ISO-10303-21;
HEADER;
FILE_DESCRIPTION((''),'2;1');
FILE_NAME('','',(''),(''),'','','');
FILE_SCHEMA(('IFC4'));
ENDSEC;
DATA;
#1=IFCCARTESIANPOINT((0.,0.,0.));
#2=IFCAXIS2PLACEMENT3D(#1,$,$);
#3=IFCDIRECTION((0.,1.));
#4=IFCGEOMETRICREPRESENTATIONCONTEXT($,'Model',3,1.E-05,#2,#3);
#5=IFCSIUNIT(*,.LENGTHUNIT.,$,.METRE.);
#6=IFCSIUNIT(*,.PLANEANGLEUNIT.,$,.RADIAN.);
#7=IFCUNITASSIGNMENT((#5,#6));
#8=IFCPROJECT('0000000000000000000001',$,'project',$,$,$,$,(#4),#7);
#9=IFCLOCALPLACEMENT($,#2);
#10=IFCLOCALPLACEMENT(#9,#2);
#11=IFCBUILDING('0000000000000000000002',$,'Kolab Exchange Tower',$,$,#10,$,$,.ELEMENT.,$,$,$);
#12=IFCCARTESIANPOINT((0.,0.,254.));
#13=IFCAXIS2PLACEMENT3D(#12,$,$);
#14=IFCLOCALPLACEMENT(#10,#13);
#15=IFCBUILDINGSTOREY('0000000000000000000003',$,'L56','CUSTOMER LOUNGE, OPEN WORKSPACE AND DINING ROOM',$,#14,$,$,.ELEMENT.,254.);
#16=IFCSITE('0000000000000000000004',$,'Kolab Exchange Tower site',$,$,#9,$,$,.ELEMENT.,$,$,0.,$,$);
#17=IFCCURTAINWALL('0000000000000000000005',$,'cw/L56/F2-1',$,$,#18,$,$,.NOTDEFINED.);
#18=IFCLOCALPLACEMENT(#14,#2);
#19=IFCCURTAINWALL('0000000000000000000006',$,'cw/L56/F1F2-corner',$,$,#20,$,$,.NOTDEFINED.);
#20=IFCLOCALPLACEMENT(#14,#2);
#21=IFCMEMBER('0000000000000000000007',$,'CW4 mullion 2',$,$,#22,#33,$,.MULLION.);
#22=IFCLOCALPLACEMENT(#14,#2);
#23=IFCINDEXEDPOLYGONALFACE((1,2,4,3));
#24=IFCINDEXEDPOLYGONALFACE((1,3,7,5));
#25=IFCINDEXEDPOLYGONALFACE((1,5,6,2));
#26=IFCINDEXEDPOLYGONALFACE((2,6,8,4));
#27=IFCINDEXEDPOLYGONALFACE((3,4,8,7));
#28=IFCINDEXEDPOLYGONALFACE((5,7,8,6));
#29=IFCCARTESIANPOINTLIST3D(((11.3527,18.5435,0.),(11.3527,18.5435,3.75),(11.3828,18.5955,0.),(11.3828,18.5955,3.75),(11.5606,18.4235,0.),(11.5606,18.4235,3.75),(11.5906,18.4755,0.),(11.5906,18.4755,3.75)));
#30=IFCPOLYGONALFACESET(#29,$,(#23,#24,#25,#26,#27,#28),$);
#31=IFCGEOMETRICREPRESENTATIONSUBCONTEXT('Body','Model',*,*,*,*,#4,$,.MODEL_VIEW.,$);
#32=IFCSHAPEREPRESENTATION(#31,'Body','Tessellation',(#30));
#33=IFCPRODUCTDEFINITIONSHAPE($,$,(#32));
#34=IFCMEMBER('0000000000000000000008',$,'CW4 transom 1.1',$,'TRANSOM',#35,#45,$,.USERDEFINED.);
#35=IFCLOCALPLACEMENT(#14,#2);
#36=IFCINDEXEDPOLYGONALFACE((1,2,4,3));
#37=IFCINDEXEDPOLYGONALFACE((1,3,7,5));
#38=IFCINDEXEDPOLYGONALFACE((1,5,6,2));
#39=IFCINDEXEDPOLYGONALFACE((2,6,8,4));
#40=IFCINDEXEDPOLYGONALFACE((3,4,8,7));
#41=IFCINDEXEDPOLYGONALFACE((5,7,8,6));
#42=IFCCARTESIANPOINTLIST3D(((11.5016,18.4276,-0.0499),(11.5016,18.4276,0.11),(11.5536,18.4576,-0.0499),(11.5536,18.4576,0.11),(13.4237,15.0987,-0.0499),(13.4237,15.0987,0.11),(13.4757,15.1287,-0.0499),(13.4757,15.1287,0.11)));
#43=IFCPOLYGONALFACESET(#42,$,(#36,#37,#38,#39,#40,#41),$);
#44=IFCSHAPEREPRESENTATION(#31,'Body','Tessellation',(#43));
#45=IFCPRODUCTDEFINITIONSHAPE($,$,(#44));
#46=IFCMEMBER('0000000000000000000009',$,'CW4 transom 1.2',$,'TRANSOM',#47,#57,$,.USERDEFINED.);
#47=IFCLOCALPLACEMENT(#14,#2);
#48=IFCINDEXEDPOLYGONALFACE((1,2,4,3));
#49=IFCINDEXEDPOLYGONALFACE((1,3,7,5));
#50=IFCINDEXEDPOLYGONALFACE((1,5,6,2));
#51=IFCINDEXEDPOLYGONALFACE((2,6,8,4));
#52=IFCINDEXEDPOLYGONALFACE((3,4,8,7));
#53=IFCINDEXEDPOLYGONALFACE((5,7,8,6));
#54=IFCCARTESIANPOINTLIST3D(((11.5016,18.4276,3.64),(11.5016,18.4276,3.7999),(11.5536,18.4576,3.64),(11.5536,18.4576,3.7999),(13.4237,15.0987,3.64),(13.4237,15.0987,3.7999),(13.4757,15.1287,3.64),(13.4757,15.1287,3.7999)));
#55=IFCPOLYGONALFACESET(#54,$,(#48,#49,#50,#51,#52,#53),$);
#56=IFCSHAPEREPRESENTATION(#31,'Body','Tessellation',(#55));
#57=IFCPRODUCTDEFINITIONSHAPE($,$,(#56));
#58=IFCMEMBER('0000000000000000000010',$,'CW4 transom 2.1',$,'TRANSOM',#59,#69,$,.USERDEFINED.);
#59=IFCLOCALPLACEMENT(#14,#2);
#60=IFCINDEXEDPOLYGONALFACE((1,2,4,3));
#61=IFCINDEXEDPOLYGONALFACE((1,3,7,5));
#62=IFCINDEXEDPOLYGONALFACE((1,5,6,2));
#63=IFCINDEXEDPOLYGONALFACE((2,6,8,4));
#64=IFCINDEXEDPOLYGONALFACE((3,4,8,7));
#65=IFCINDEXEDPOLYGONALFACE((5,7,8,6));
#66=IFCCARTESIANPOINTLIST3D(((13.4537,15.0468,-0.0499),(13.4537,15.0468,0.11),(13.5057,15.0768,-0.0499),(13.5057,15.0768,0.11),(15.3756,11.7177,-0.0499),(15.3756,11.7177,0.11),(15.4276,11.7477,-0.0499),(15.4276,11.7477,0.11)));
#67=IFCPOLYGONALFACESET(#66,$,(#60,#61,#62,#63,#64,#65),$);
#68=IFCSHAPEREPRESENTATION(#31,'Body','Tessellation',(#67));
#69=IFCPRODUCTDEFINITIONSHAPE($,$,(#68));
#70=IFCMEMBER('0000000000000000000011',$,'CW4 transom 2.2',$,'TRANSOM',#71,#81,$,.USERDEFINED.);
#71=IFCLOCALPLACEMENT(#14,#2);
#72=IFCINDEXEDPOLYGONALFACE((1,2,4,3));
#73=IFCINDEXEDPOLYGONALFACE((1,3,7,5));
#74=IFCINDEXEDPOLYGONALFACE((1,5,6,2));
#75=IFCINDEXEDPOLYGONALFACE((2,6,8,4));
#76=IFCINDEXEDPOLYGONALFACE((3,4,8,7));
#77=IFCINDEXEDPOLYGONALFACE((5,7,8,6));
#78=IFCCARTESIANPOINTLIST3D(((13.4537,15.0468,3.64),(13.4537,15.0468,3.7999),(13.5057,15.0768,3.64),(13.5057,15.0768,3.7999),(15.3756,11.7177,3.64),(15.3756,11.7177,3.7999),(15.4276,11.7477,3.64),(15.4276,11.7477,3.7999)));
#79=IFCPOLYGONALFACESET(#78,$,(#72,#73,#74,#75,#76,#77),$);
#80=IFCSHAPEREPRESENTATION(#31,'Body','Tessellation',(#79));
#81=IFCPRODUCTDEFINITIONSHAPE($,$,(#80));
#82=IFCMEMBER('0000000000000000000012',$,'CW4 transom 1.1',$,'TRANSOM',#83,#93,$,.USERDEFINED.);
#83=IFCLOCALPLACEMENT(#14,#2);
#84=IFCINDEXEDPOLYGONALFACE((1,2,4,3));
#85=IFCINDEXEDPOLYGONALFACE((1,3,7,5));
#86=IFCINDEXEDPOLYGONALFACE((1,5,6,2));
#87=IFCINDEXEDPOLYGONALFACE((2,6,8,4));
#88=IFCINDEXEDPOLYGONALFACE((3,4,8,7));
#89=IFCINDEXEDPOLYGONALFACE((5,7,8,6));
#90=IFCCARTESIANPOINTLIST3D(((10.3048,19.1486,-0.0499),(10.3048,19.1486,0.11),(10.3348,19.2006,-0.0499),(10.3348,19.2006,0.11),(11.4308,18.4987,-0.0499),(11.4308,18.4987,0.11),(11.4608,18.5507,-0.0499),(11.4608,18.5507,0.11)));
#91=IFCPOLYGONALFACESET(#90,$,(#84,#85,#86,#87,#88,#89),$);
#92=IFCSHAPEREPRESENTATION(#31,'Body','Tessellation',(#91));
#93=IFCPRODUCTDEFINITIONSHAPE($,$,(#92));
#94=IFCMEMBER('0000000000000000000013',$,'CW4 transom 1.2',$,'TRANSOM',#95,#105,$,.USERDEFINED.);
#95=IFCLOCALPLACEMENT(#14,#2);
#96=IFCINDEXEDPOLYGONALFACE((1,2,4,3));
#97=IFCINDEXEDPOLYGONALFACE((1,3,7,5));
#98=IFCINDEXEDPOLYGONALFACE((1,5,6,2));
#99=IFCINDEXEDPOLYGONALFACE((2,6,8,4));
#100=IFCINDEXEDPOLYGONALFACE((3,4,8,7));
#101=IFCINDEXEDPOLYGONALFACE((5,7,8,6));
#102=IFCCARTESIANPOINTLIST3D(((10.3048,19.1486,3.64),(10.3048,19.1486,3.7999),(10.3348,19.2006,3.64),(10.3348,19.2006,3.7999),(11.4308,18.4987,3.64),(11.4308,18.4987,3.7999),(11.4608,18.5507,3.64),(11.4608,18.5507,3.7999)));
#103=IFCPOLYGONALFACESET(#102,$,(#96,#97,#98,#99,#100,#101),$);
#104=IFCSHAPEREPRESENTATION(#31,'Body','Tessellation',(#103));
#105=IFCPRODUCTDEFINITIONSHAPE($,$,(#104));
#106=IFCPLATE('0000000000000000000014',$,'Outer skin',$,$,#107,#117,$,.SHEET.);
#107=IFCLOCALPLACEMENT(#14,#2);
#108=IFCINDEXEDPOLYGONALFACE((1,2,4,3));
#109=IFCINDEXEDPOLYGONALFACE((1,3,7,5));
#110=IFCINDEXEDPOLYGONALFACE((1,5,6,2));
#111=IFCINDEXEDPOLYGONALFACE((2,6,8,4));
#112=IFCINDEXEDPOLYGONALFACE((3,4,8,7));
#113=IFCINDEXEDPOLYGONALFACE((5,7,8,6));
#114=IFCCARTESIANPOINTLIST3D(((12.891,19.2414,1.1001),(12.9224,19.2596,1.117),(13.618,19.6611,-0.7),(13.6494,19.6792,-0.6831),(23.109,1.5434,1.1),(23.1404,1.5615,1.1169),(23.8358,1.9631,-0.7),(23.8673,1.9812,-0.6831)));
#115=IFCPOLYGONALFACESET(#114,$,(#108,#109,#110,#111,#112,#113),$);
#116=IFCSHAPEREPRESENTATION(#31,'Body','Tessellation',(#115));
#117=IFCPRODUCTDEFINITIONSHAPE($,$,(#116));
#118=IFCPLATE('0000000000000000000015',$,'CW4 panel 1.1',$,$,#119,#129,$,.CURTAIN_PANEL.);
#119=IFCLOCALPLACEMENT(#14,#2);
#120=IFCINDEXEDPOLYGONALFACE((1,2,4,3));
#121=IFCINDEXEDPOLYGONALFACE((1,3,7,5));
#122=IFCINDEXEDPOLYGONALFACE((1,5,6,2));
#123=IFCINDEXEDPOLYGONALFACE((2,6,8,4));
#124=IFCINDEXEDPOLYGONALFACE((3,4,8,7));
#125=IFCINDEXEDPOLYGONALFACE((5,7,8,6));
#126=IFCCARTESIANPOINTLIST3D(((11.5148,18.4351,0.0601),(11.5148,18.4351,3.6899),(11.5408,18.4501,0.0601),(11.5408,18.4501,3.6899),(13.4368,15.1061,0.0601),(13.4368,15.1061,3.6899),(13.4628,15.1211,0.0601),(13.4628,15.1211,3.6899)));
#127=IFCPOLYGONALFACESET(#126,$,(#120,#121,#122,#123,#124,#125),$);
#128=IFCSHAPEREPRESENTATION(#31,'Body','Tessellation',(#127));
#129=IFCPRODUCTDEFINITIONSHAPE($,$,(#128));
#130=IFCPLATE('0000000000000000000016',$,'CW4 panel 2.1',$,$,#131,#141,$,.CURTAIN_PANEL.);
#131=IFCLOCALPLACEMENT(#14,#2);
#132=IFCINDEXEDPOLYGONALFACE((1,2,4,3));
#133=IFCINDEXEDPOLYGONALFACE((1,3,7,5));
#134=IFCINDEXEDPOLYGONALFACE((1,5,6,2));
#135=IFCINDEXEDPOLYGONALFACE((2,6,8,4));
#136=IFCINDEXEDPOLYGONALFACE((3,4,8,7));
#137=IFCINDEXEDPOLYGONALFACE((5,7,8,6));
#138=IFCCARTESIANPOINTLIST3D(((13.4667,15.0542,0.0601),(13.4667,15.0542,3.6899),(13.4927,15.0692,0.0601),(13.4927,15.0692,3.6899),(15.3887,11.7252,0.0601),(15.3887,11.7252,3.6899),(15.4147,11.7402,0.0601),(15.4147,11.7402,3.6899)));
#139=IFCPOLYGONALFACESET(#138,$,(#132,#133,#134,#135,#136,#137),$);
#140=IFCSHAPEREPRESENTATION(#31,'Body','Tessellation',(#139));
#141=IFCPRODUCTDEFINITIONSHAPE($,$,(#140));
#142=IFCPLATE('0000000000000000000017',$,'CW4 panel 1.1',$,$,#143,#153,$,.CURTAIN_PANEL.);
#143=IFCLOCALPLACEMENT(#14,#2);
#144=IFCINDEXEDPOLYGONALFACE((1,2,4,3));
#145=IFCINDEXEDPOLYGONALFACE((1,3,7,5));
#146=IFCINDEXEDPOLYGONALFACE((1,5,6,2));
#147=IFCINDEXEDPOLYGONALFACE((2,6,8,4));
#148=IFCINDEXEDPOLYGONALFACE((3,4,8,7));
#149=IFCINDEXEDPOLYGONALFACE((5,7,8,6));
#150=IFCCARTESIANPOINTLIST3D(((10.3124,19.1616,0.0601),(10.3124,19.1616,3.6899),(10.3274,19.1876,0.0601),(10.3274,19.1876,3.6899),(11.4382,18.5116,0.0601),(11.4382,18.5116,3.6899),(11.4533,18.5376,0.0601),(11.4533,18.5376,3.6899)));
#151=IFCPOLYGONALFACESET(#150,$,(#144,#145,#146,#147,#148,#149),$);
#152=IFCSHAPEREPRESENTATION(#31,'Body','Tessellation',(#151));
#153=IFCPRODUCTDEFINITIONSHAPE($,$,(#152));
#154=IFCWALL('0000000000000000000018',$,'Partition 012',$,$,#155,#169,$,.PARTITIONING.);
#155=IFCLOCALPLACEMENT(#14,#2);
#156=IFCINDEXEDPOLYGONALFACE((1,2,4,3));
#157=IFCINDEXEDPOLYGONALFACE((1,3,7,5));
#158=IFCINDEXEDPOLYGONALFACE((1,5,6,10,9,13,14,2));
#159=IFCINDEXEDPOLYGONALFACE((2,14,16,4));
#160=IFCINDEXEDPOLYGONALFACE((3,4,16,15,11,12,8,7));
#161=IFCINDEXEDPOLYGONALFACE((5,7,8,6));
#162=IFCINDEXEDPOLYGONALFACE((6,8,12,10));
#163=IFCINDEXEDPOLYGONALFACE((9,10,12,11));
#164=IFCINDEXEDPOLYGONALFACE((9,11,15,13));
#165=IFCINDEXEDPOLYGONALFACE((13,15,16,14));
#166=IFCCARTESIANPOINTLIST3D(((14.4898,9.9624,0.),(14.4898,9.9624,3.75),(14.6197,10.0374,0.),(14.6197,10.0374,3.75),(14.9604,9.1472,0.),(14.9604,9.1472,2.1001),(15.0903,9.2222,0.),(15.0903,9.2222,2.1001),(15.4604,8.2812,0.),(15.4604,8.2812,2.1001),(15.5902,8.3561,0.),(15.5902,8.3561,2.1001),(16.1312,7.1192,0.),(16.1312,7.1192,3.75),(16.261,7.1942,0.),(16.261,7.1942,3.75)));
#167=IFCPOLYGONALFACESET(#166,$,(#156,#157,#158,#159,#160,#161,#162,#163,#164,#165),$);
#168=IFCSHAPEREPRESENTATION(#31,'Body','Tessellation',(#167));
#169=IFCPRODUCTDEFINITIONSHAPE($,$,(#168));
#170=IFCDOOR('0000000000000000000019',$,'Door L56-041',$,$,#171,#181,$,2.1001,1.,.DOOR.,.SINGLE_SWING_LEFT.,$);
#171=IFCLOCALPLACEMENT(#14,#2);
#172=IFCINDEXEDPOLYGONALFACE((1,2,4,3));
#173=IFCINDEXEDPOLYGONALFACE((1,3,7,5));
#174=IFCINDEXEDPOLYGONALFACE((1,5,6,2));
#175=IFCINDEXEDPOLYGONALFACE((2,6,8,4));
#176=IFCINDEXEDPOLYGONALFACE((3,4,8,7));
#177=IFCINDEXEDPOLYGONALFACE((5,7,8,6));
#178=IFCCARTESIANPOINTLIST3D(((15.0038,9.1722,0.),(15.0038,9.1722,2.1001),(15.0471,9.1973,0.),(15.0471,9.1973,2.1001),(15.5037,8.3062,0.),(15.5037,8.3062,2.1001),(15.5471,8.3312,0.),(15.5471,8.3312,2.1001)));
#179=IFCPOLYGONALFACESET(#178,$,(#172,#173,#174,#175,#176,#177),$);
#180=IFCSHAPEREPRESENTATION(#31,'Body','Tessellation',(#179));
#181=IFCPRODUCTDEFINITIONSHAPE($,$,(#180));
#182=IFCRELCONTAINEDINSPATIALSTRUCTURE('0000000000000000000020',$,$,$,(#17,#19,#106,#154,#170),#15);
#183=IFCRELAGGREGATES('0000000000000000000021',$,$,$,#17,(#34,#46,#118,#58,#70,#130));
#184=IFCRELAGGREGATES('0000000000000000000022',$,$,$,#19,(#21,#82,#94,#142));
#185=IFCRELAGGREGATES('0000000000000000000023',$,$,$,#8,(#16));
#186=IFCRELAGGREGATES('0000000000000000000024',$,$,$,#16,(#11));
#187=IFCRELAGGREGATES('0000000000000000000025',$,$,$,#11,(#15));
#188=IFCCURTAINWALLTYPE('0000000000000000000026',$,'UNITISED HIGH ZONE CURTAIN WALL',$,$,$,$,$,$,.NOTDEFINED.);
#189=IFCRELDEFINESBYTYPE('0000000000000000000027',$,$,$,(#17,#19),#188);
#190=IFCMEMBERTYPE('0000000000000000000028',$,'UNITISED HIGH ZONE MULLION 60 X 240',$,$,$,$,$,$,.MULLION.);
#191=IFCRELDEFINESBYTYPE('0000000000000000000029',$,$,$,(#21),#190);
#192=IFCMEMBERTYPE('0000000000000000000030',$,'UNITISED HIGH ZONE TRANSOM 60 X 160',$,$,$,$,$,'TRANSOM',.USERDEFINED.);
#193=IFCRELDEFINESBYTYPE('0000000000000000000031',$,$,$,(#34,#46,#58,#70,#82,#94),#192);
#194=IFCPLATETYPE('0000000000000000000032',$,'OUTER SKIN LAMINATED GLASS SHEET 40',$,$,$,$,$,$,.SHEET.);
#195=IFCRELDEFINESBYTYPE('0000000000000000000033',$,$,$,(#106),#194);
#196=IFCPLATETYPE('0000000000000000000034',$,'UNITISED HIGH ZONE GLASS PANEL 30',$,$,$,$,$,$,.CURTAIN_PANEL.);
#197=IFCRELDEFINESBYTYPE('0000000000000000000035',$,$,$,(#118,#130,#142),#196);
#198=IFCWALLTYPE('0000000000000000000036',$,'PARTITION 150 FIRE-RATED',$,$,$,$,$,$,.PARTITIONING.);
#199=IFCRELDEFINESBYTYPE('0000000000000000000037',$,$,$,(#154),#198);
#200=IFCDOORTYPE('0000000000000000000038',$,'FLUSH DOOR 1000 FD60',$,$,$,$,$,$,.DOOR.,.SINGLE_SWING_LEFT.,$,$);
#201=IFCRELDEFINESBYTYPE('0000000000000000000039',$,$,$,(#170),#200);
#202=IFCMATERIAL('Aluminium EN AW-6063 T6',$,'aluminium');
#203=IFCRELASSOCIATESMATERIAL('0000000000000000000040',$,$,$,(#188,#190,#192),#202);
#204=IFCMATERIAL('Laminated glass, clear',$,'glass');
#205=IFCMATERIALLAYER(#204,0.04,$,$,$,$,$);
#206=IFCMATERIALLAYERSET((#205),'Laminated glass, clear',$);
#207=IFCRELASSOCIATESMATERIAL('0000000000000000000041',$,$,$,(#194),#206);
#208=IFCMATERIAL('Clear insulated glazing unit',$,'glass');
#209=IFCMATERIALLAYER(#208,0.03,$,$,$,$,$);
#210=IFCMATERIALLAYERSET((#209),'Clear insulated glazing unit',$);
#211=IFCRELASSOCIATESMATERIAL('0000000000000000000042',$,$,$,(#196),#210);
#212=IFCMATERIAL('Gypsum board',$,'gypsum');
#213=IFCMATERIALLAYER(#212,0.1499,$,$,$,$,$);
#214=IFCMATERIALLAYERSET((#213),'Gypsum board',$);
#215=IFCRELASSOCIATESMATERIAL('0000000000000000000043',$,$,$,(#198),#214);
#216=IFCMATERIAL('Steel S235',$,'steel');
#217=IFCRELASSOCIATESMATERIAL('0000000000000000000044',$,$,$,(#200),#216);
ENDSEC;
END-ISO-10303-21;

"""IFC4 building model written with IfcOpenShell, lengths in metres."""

from ifc_helpers import new_model, si_unit, direction, frame, frame_2d, origin, origin_2d, place, context, subcontext, project, spatial, polyline, rectangle, outline, extrude, material, layer, layer_set, material_profile, profile_set, type_object, element, fill, aggregate, save


model = new_model("IFC4")

# Units and contexts
model_context = context("Model", 3, precision=1e-05, world=origin(), true_north=direction((0.0, 1.0)))
body_context = subcontext(model_context, "Body", "Model", "MODEL_VIEW")
ifc_project = project(units=[si_unit("LENGTHUNIT", "METRE"), si_unit("PLANEANGLEUNIT", "RADIAN")], contexts=[model_context])

# Site, building, storey
site_placement = place(None, origin())
site = spatial("IfcSite", under=ifc_project, at=site_placement, Name="Kolab Exchange Tower site", CompositionType="ELEMENT", RefElevation=0.0)
building_placement = place(site_placement, origin())
building = spatial("IfcBuilding", under=site, at=building_placement, Name="Kolab Exchange Tower", CompositionType="ELEMENT")
storey_placement = place(building_placement, frame((0.0, 0.0, 254.0)))
storey = spatial("IfcBuildingStorey", under=building, at=storey_placement, Name="L56", Description="CUSTOMER LOUNGE, OPEN WORKSPACE AND DINING ROOM", CompositionType="ELEMENT", Elevation=254.0)

# Curtain wall
ifc_material_1 = material(Name="Aluminium EN AW-6063 T6", Category="aluminium")
curtain_wall_type = type_object("IfcCurtainWallType", Name="UNITISED HIGH ZONE CURTAIN WALL", PredefinedType="NOTDEFINED", material=ifc_material_1)
curtain_wall_1_placement = place(storey_placement, origin())
curtain_wall_1 = element("IfcCurtainWall", 1, at=curtain_wall_1_placement, inside=storey, type_object=curtain_wall_type, Name="cw/L56/F2-1", PredefinedType="NOTDEFINED")
ifc_material_profile_1 = material_profile(ifc_material_1, rectangle(XDim=0.0601, YDim=0.24, at=origin_2d()), Name="RECT 60X240")
ifc_profile_set_1 = profile_set([ifc_material_profile_1], Name="Aluminium EN AW-6063 T6")
member_type_1 = type_object("IfcMemberType", Name="UNITISED HIGH ZONE MULLION 60 X 240", PredefinedType="MULLION", material=ifc_profile_set_1)

# Curtain wall, member
curtain_wall_2_placement = place(storey_placement, origin())
curtain_wall_2 = element("IfcCurtainWall", 2, at=curtain_wall_2_placement, inside=storey, type_object=curtain_wall_type, Name="cw/L56/F1F2-corner", PredefinedType="NOTDEFINED")
member_1_placement = place(storey_placement, frame((11.4717, 18.5095, 0.0), z_axis=(0.0, 0.0, 1.0), x_axis=(0.5, 0.866025, 0.0)))
member_1 = element("IfcMember", 3, at=member_1_placement, type_object=member_type_1, Name="CW4 mullion 2", PredefinedType="MULLION", context=body_context, shape_type="SweptSolid", body=[
    extrude(rectangle(XDim=0.0601, YDim=0.24, at=origin_2d()), origin(), (0.0, 0.0, 1.0), 3.75),
])

# Members
ifc_material_profile_2 = material_profile(ifc_material_1, rectangle(XDim=0.0601, YDim=0.1599, at=origin_2d()), Name="RECT 60X160")
ifc_profile_set_2 = profile_set([ifc_material_profile_2], Name="Aluminium EN AW-6063 T6")
member_type_2 = type_object("IfcMemberType", Name="UNITISED HIGH ZONE TRANSOM 60 X 160", ElementType="TRANSOM", PredefinedType="USERDEFINED", material=ifc_profile_set_2)
member_2_placement = place(storey_placement, frame((11.5276, 18.4426, 0.03), z_axis=(0.500039, -0.866003, 0.0), x_axis=(0.866003, 0.500039, 0.0)))
member_2 = element("IfcMember", 4, at=member_2_placement, type_object=member_type_2, Name="CW4 transom 1.1", ObjectType="TRANSOM", PredefinedType="USERDEFINED", context=body_context, shape_type="SweptSolid", body=[
    extrude(rectangle(XDim=0.0601, YDim=0.1599, at=origin_2d()), origin(), (0.0, 0.0, 1.0), 3.844),
])
member_3_placement = place(storey_placement, frame((11.5276, 18.4426, 3.72), z_axis=(0.500039, -0.866003, 0.0), x_axis=(0.866003, 0.500039, 0.0)))
member_3 = element("IfcMember", 5, at=member_3_placement, type_object=member_type_2, Name="CW4 transom 1.2", ObjectType="TRANSOM", PredefinedType="USERDEFINED", context=body_context, shape_type="SweptSolid", body=[
    extrude(rectangle(XDim=0.0601, YDim=0.1599, at=origin_2d()), origin(), (0.0, 0.0, 1.0), 3.844),
])
member_4_placement = place(storey_placement, frame((13.4797, 15.0618, 0.03), z_axis=(0.499964, -0.866046, 0.0), x_axis=(0.866046, 0.499964, 0.0)))
member_4 = element("IfcMember", 6, at=member_4_placement, type_object=member_type_2, Name="CW4 transom 2.1", ObjectType="TRANSOM", PredefinedType="USERDEFINED", context=body_context, shape_type="SweptSolid", body=[
    extrude(rectangle(XDim=0.0601, YDim=0.1599, at=origin_2d()), origin(), (0.0, 0.0, 1.0), 3.844),
])
member_5_placement = place(storey_placement, frame((13.4797, 15.0618, 3.72), z_axis=(0.499964, -0.866046, 0.0), x_axis=(0.866046, 0.499964, 0.0)))
member_5 = element("IfcMember", 7, at=member_5_placement, type_object=member_type_2, Name="CW4 transom 2.2", ObjectType="TRANSOM", PredefinedType="USERDEFINED", context=body_context, shape_type="SweptSolid", body=[
    extrude(rectangle(XDim=0.0601, YDim=0.1599, at=origin_2d()), origin(), (0.0, 0.0, 1.0), 3.844),
])
member_6_placement = place(storey_placement, frame((10.3198, 19.1746, 0.03), z_axis=(0.866086, -0.499896, 0.0), x_axis=(0.499896, 0.866086, 0.0)))
member_6 = element("IfcMember", 8, at=member_6_placement, type_object=member_type_2, Name="CW4 transom 1.1", ObjectType="TRANSOM", PredefinedType="USERDEFINED", context=body_context, shape_type="SweptSolid", body=[
    extrude(rectangle(XDim=0.0601, YDim=0.1599, at=origin_2d()), origin(), (0.0, 0.0, 1.0), 1.3),
])
member_7_placement = place(storey_placement, frame((10.3198, 19.1746, 3.72), z_axis=(0.866086, -0.499896, 0.0), x_axis=(0.499896, 0.866086, 0.0)))
member_7 = element("IfcMember", 9, at=member_7_placement, type_object=member_type_2, Name="CW4 transom 1.2", ObjectType="TRANSOM", PredefinedType="USERDEFINED", context=body_context, shape_type="SweptSolid", body=[
    extrude(rectangle(XDim=0.0601, YDim=0.1599, at=origin_2d()), origin(), (0.0, 0.0, 1.0), 1.3),
])

# Plates
ifc_material_2 = material(Name="Laminated glass, clear", Category="glass")
ifc_layer_1 = layer(ifc_material_2, 0.04)
ifc_layer_set_1 = layer_set([ifc_layer_1], Name="Laminated glass, clear")
plate_type_1 = type_object("IfcPlateType", Name="OUTER SKIN LAMINATED GLASS SHEET 40", PredefinedType="SHEET", material=ifc_layer_set_1)
plate_1_placement = place(storey_placement, frame((13.6494, 19.6792, -0.6831), z_axis=(0.784886, 0.453152, 0.422619), x_axis=(0.499997, -0.866027, 0.000002)))
element("IfcPlate", 10, at=plate_1_placement, inside=storey, type_object=plate_type_1, Name="Outer skin", PredefinedType="SHEET", context=body_context, shape_type="SweptSolid", body=[
    extrude(outline(polyline([(0.0, 0.0), (20.4358, 0.0), (20.4359, -1.9861), (-0.0001, -1.9862), (0.0, 0.0)])), origin(), (0.0, 0.0, -1.0), 0.04),
])
ifc_material_3 = material(Name="Clear insulated glazing unit", Category="glass")
ifc_layer_2 = layer(ifc_material_3, 0.03)
ifc_layer_set_2 = layer_set([ifc_layer_2], Name="Clear insulated glazing unit")
plate_type_2 = type_object("IfcPlateType", Name="UNITISED HIGH ZONE GLASS PANEL 30", PredefinedType="CURTAIN_PANEL", material=ifc_layer_set_2)
plate_2_placement = place(storey_placement, frame((12.4888, 16.7781, 0.0601), z_axis=(0.0, 0.0, 1.0), x_axis=(0.5, -0.866025, 0.0)))
plate_2 = element("IfcPlate", 11, at=plate_2_placement, type_object=plate_type_2, Name="CW4 panel 1.1", PredefinedType="CURTAIN_PANEL", context=body_context, shape_type="SweptSolid", body=[
    extrude(rectangle(XDim=3.844, YDim=0.03, at=origin_2d()), origin(), (0.0, 0.0, 1.0), 3.6299),
])
plate_3_placement = place(storey_placement, frame((14.4407, 13.3972, 0.0601), z_axis=(0.0, 0.0, 1.0), x_axis=(0.5, -0.866025, 0.0)))
plate_3 = element("IfcPlate", 12, at=plate_3_placement, type_object=plate_type_2, Name="CW4 panel 2.1", PredefinedType="CURTAIN_PANEL", context=body_context, shape_type="SweptSolid", body=[
    extrude(rectangle(XDim=3.844, YDim=0.03, at=origin_2d()), origin(), (0.0, 0.0, 1.0), 3.6299),
])
aggregate(curtain_wall_1, [member_2, member_3, plate_2, member_4, member_5, plate_3])
plate_4_placement = place(storey_placement, frame((10.8828, 18.8496, 0.0601), z_axis=(0.0, 0.0, 1.0), x_axis=(0.866025, -0.5, 0.0)))
plate_4 = element("IfcPlate", 13, at=plate_4_placement, type_object=plate_type_2, Name="CW4 panel 1.1", PredefinedType="CURTAIN_PANEL", context=body_context, shape_type="SweptSolid", body=[
    extrude(rectangle(XDim=1.3, YDim=0.03, at=origin_2d()), origin(), (0.0, 0.0, 1.0), 3.6299),
])
aggregate(curtain_wall_2, [member_1, member_6, member_7, plate_4])

# Wall, opening, door
ifc_material_4 = material(Name="Gypsum board", Category="gypsum")
ifc_layer_3 = layer(ifc_material_4, 0.1499)
ifc_layer_set_3 = layer_set([ifc_layer_3], Name="Gypsum board")
wall_type_1 = type_object("IfcWallType", Name="PARTITION 150 FIRE-RATED", PredefinedType="PARTITIONING", material=ifc_layer_set_3)
wall_1_placement = place(storey_placement, frame((14.5547, 10.0, 0.0), z_axis=(0.0, 0.0, 1.0), x_axis=(0.499954, -0.866052, 0.0)))
wall_1 = element("IfcWall", 14, at=wall_1_placement, inside=storey, type_object=wall_type_1, Name="Partition 012", PredefinedType="PARTITIONING", context=body_context, shape_type="SweptSolid", body=[
    extrude(rectangle(XDim=3.283, YDim=0.1499, at=frame_2d((1.6416, 0.0))), origin(), (0.0, 0.0, 1.0), 3.75),
])
opening_1_placement = place(wall_1_placement, frame((0.9414, 0.0, 0.0)))
opening_1 = element("IfcOpeningElement", 15, at=opening_1_placement, cuts=wall_1, PredefinedType="OPENING", context=body_context, shape_type="SweptSolid", body=[
    extrude(rectangle(XDim=1.0, YDim=2.1001, at=frame_2d((0.5, 1.05))), frame((0.0, 0.085, 0.0), z_axis=(0.0, -1.0, 0.0), x_axis=(1.0, 0.0, 0.0)), (0.0, 0.0, 1.0), 0.1699),
])
ifc_material_5 = material(Name="Steel S235", Category="steel")
door_type_1 = type_object("IfcDoorType", Name="FLUSH DOOR 1000 FD60", OperationType="SINGLE_SWING_LEFT", PredefinedType="DOOR", material=ifc_material_5)
door_1_placement = place(opening_1_placement, frame((1.0, 0.0, 0.0), z_axis=(0.0, 0.0, 1.0), x_axis=(-1.0, 0.0, 0.0)))
door_1 = element("IfcDoor", 16, at=door_1_placement, inside=storey, type_object=door_type_1, Name="Door L56-041", OperationType="SINGLE_SWING_LEFT", OverallHeight=2.1001, OverallWidth=1.0, PredefinedType="DOOR", context=body_context, shape_type="SweptSolid", body=[
    extrude(rectangle(XDim=1.0, YDim=2.1001, at=frame_2d((0.5, 1.05))), frame((0.0, 0.0249, 0.0), z_axis=(0.0, -1.0, 0.0), x_axis=(1.0, 0.0, 0.0)), (0.0, 0.0, 1.0), 0.05),
])
fill(opening_1, door_1)

save(model, "model.ifc")
